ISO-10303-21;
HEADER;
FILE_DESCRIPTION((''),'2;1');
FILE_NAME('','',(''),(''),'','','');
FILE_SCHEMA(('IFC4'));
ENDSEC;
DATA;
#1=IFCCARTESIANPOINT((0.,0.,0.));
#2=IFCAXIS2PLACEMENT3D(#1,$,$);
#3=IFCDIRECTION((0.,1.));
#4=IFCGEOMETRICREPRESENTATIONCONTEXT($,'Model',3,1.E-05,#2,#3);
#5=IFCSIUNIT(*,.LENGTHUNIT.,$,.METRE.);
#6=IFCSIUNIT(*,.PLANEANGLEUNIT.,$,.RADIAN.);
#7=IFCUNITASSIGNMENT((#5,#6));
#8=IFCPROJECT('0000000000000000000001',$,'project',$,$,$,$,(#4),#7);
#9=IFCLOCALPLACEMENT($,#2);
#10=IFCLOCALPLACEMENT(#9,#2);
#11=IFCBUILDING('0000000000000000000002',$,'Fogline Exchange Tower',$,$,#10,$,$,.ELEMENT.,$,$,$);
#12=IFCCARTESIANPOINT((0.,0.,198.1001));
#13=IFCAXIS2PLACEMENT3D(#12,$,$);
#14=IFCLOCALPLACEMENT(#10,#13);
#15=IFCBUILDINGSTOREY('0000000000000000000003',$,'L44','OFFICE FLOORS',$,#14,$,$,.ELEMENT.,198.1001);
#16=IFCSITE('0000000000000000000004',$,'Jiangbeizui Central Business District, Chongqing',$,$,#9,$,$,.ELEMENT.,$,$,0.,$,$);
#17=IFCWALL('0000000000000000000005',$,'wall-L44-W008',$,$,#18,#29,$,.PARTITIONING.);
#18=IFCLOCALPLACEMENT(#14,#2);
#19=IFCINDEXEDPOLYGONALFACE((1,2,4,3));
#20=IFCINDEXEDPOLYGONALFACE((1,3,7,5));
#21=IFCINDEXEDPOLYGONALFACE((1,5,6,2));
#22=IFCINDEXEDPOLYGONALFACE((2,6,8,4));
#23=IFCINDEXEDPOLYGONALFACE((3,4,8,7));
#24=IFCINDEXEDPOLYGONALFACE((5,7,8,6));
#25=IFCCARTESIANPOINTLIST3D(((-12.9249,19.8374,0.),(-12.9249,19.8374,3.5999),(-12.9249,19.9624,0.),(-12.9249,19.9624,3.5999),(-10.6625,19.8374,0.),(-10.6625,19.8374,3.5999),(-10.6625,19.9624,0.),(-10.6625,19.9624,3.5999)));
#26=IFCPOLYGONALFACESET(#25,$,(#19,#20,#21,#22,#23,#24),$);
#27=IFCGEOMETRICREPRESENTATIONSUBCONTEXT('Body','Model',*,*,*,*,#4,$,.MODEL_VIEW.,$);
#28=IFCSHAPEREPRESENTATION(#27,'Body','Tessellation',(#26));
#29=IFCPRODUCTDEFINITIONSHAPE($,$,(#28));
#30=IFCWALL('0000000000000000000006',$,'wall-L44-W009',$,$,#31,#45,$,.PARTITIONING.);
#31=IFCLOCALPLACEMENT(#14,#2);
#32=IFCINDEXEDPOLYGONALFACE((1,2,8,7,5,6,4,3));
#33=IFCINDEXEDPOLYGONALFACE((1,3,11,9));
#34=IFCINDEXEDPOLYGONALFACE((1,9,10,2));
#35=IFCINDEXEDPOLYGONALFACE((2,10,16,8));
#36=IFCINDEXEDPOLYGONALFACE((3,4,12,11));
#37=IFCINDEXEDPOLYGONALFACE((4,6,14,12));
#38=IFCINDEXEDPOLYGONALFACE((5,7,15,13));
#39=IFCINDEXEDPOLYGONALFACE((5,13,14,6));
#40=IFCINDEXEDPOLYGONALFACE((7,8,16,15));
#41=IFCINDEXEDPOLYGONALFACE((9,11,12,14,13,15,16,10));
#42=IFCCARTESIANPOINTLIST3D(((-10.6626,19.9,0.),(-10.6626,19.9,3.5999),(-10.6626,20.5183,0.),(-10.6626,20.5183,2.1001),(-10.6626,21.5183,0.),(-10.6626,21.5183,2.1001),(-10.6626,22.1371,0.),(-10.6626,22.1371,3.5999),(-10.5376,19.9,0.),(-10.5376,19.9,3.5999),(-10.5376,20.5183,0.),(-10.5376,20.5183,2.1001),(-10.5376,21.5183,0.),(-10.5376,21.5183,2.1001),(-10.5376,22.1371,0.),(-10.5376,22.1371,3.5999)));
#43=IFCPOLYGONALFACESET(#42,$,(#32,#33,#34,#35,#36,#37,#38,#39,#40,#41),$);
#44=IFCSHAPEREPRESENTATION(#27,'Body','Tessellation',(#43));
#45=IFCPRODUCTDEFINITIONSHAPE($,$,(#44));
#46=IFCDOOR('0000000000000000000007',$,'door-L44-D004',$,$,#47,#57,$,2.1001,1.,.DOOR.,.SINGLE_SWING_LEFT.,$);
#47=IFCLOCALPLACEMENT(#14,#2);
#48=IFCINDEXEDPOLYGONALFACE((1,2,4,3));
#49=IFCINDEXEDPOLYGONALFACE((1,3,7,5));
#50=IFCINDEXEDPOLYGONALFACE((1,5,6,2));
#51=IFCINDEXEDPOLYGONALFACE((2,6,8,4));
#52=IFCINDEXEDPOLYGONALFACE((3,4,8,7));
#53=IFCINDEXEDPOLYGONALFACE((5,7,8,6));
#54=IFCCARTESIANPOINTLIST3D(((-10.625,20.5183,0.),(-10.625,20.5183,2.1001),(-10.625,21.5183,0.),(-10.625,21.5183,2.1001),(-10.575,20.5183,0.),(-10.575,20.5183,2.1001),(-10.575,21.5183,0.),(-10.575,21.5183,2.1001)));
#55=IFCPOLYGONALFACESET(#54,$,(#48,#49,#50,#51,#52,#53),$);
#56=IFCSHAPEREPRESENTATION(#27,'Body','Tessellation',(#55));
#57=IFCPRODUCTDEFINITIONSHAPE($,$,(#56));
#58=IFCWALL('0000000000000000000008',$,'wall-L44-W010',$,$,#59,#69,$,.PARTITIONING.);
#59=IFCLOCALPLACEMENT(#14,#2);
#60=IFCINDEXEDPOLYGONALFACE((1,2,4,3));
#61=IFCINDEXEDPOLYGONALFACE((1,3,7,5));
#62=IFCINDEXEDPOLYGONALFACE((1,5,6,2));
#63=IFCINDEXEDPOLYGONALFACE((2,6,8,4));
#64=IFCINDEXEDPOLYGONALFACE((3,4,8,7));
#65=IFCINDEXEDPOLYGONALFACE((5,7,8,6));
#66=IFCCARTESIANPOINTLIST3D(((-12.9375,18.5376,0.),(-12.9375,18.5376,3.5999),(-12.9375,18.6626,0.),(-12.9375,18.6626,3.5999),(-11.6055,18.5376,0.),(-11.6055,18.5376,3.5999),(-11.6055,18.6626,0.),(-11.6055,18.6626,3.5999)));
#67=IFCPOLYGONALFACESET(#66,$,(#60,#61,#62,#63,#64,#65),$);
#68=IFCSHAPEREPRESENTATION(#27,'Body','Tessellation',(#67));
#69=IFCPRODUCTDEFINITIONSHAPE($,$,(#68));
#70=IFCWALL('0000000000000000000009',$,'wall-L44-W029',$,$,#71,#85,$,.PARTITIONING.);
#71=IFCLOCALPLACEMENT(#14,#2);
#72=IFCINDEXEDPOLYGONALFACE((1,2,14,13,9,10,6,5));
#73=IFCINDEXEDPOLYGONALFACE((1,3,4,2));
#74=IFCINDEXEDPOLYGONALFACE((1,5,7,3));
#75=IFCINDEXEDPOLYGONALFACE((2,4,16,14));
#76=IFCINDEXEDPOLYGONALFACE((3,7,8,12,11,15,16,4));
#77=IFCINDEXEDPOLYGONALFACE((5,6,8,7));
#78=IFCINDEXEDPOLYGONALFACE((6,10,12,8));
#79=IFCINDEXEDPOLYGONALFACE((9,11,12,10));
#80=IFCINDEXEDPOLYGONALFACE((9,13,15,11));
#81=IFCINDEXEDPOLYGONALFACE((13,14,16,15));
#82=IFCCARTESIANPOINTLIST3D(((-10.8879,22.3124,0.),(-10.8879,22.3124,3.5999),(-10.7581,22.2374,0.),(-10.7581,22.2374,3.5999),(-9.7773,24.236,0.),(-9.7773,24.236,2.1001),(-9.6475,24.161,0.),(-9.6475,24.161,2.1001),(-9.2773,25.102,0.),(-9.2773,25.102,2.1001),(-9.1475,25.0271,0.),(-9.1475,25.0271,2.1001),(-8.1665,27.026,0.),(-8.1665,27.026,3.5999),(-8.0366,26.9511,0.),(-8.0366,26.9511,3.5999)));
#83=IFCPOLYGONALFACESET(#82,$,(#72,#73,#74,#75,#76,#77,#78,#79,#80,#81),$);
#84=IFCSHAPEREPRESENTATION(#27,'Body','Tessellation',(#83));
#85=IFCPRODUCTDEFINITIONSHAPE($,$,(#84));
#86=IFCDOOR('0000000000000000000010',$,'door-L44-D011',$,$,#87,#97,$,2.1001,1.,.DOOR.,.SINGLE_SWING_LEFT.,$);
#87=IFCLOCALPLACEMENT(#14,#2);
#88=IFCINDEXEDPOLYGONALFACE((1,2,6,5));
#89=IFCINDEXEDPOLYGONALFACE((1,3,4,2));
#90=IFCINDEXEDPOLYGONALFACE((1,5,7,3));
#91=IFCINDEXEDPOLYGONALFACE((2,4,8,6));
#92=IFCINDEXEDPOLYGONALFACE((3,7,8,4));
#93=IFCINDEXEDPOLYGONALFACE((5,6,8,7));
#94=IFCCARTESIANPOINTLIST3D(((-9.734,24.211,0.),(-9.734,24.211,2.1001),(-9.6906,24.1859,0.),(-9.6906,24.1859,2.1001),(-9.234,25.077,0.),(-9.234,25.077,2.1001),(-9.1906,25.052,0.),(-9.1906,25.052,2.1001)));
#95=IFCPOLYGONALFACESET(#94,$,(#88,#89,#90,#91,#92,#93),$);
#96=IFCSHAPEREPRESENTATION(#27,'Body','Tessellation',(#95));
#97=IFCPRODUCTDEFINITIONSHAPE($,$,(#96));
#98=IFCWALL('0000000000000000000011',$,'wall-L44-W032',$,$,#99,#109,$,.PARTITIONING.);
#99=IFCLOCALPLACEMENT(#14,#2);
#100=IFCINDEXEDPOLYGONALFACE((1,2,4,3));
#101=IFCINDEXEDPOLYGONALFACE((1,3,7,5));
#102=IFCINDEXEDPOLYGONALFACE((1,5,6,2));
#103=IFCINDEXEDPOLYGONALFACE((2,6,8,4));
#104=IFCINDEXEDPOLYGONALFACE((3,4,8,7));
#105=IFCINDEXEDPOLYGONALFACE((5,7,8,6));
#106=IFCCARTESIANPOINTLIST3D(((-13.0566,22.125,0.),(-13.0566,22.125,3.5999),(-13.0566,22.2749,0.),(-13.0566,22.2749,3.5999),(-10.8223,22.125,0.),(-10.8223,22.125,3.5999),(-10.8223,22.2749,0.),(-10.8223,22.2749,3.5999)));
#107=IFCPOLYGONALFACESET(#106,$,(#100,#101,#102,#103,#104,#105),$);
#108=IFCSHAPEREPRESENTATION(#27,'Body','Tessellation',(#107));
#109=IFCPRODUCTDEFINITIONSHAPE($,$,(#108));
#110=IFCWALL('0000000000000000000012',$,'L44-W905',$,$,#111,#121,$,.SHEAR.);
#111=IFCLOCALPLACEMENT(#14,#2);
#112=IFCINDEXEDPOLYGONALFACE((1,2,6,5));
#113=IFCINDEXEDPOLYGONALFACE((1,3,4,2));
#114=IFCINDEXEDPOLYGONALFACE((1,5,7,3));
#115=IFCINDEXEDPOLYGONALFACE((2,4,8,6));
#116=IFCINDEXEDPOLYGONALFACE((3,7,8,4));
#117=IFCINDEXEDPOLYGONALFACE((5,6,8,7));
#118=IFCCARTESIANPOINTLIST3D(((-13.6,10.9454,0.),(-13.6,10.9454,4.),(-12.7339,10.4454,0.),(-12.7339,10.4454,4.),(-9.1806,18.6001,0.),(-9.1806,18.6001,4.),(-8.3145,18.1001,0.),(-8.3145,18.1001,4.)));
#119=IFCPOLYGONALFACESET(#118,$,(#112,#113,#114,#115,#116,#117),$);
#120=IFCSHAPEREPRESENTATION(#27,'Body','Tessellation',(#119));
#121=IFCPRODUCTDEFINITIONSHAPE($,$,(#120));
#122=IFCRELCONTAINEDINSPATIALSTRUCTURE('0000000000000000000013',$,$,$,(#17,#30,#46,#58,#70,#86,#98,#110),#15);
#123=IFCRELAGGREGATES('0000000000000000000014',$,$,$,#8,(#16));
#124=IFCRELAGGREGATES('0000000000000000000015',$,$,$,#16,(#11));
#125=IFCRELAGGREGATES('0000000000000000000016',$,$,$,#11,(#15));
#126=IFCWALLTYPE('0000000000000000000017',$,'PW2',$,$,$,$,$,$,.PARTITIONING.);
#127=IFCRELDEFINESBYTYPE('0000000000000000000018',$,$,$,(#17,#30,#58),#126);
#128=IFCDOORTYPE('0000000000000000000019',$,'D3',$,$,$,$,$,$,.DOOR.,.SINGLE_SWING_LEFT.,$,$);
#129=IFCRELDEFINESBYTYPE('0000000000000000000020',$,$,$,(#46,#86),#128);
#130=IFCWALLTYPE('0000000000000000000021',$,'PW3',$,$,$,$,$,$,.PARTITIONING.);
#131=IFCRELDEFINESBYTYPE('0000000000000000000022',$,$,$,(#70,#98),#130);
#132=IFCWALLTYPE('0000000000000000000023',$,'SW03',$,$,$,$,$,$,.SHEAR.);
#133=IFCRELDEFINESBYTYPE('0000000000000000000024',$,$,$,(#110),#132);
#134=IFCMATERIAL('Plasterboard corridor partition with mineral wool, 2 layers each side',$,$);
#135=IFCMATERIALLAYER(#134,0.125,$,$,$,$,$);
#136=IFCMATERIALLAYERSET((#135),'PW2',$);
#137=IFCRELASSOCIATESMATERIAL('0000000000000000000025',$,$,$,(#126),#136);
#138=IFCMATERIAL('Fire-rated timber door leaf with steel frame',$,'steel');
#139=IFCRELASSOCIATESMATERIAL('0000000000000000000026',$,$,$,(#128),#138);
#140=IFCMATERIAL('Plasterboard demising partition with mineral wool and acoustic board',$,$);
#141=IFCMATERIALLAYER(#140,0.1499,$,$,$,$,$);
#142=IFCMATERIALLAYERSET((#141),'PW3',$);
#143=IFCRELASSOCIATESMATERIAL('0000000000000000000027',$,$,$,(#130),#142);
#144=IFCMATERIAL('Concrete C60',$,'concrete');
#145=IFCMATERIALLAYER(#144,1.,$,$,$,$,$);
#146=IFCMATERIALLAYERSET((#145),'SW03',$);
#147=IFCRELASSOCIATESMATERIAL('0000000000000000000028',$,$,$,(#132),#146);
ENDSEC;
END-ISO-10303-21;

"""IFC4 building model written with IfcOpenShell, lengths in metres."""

from ifc_helpers import new_model, si_unit, direction, frame, frame_2d, origin, place, context, subcontext, project, spatial, rectangle, extrude, material, layer, layer_set, type_object, element, fill, save


model = new_model("IFC4")

# Units and contexts
model_context = context("Model", 3, precision=1e-05, world=origin(), true_north=direction((0.0, 1.0)))
body_context = subcontext(model_context, "Body", "Model", "MODEL_VIEW")
ifc_project = project(units=[si_unit("LENGTHUNIT", "METRE"), si_unit("PLANEANGLEUNIT", "RADIAN")], contexts=[model_context])

# Site, building, storey
site_placement = place(None, origin())
site = spatial("IfcSite", under=ifc_project, at=site_placement, Name="Jiangbeizui Central Business District, Chongqing", CompositionType="ELEMENT", RefElevation=0.0)
building_placement = place(site_placement, origin())
building = spatial("IfcBuilding", under=site, at=building_placement, Name="Fogline Exchange Tower", CompositionType="ELEMENT")
storey_placement = place(building_placement, frame((0.0, 0.0, 198.1001)))
storey = spatial("IfcBuildingStorey", under=building, at=storey_placement, Name="L44", Description="OFFICE FLOORS", CompositionType="ELEMENT", Elevation=198.1001)

# Shared definitions
ifc_material_1 = material(Name="Plasterboard corridor partition with mineral wool, 2 layers each side")
ifc_layer_1 = layer(ifc_material_1, 0.125)
ifc_layer_set_1 = layer_set([ifc_layer_1], Name="PW2")
wall_type_1 = type_object("IfcWallType", Name="PW2", PredefinedType="PARTITIONING", material=ifc_layer_set_1)

# Wall
wall_1_placement = place(storey_placement, frame((-12.925, 19.8999, 0.0), z_axis=(0.0, 0.0, 1.0), x_axis=(1.0, 0.0, 0.0)))
element("IfcWall", 1, at=wall_1_placement, inside=storey, type_object=wall_type_1, Name="wall-L44-W008", PredefinedType="PARTITIONING", context=body_context, shape_type="SweptSolid", body=[
    extrude(rectangle(XDim=2.2625, YDim=0.125, at=frame_2d((1.1313, 0.0))), origin(), (0.0, 0.0, 1.0), 3.5999),
])

# Wall, opening, door
wall_2_placement = place(storey_placement, frame((-10.6001, 19.8999, 0.0), z_axis=(0.0, 0.0, 1.0), x_axis=(0.0, 1.0, 0.0)))
wall_2 = element("IfcWall", 2, at=wall_2_placement, inside=storey, type_object=wall_type_1, Name="wall-L44-W009", PredefinedType="PARTITIONING", context=body_context, shape_type="SweptSolid", body=[
    extrude(rectangle(XDim=2.2371, YDim=0.125, at=frame_2d((1.1187, 0.0))), origin(), (0.0, 0.0, 1.0), 3.5999),
])
opening_1_placement = place(wall_2_placement, frame((0.6184, 0.0, 0.0)))
opening_1 = element("IfcOpeningElement", 3, at=opening_1_placement, cuts=wall_2, PredefinedType="OPENING", context=body_context, shape_type="SweptSolid", body=[
    extrude(rectangle(XDim=1.0, YDim=2.1001, at=frame_2d((0.5, 1.05))), frame((0.0, 0.0725, 0.0), z_axis=(0.0, -1.0, 0.0), x_axis=(1.0, 0.0, 0.0)), (0.0, 0.0, 1.0), 0.145),
])
ifc_material_2 = material(Name="Fire-rated timber door leaf with steel frame", Category="steel")
door_type_1 = type_object("IfcDoorType", Name="D3", OperationType="SINGLE_SWING_LEFT", PredefinedType="DOOR", material=ifc_material_2)
door_1_placement = place(opening_1_placement, origin())
door_1 = element("IfcDoor", 4, at=door_1_placement, inside=storey, type_object=door_type_1, Name="door-L44-D004", OperationType="SINGLE_SWING_LEFT", OverallHeight=2.1001, OverallWidth=1.0, PredefinedType="DOOR", context=body_context, shape_type="SweptSolid", body=[
    extrude(rectangle(XDim=1.0, YDim=2.1001, at=frame_2d((0.5, 1.05))), frame((0.0, 0.0249, 0.0), z_axis=(0.0, -1.0, 0.0), x_axis=(1.0, 0.0, 0.0)), (0.0, 0.0, 1.0), 0.05),
])
fill(opening_1, door_1)

# Wall
wall_3_placement = place(storey_placement, frame((-11.6055, 18.6001, 0.0), z_axis=(0.0, 0.0, 1.0), x_axis=(-1.0, 0.0, 0.0)))
element("IfcWall", 5, at=wall_3_placement, inside=storey, type_object=wall_type_1, Name="wall-L44-W010", PredefinedType="PARTITIONING", context=body_context, shape_type="SweptSolid", body=[
    extrude(rectangle(XDim=1.332, YDim=0.125, at=frame_2d((0.666, 0.0))), origin(), (0.0, 0.0, 1.0), 3.5999),
])

# Wall, opening, door
ifc_material_3 = material(Name="Plasterboard demising partition with mineral wool and acoustic board")
ifc_layer_2 = layer(ifc_material_3, 0.1499)
ifc_layer_set_2 = layer_set([ifc_layer_2], Name="PW3")
wall_type_2 = type_object("IfcWallType", Name="PW3", PredefinedType="PARTITIONING", material=ifc_layer_set_2)
wall_4_placement = place(storey_placement, frame((-10.823, 22.2749, 0.0), z_axis=(0.0, 0.0, 1.0), x_axis=(0.500003, 0.866023, 0.0)))
wall_4 = element("IfcWall", 6, at=wall_4_placement, inside=storey, type_object=wall_type_2, Name="wall-L44-W029", PredefinedType="PARTITIONING", context=body_context, shape_type="SweptSolid", body=[
    extrude(rectangle(XDim=5.4429, YDim=0.1499, at=frame_2d((2.7214, 0.0))), origin(), (0.0, 0.0, 1.0), 3.5999),
])
opening_2_placement = place(wall_4_placement, frame((2.2212, 0.0, 0.0)))
opening_2 = element("IfcOpeningElement", 7, at=opening_2_placement, cuts=wall_4, PredefinedType="OPENING", context=body_context, shape_type="SweptSolid", body=[
    extrude(rectangle(XDim=1.0, YDim=2.1001, at=frame_2d((0.5, 1.05))), frame((0.0, 0.085, 0.0), z_axis=(0.0, -1.0, 0.0), x_axis=(1.0, 0.0, 0.0)), (0.0, 0.0, 1.0), 0.1699),
])
door_2_placement = place(opening_2_placement, origin())
door_2 = element("IfcDoor", 8, at=door_2_placement, inside=storey, type_object=door_type_1, Name="door-L44-D011", OperationType="SINGLE_SWING_LEFT", OverallHeight=2.1001, OverallWidth=1.0, PredefinedType="DOOR", context=body_context, shape_type="SweptSolid", body=[
    extrude(rectangle(XDim=1.0, YDim=2.1001, at=frame_2d((0.5, 1.05))), frame((0.0, 0.0249, 0.0), z_axis=(0.0, -1.0, 0.0), x_axis=(1.0, 0.0, 0.0)), (0.0, 0.0, 1.0), 0.05),
])
fill(opening_2, door_2)

# Walls
wall_5_placement = place(storey_placement, frame((-10.8223, 22.2, 0.0), z_axis=(0.0, 0.0, 1.0), x_axis=(-1.0, 0.0, 0.0)))
element("IfcWall", 9, at=wall_5_placement, inside=storey, type_object=wall_type_2, Name="wall-L44-W032", PredefinedType="PARTITIONING", context=body_context, shape_type="SweptSolid", body=[
    extrude(rectangle(XDim=2.2344, YDim=0.1499, at=frame_2d((1.1172, 0.0))), origin(), (0.0, 0.0, 1.0), 3.5999),
])
ifc_material_4 = material(Name="Concrete C60", Category="concrete")
ifc_layer_3 = layer(ifc_material_4, 1.0)
ifc_layer_set_3 = layer_set([ifc_layer_3], Name="SW03")
wall_type_3 = type_object("IfcWallType", Name="SW03", PredefinedType="SHEAR", material=ifc_layer_set_3)
wall_6_placement = place(storey_placement, frame((-8.7476, 18.3501, 0.0), z_axis=(0.0, 0.0, 1.0), x_axis=(-0.499995, -0.866028, 0.0)))
element("IfcWall", 10, at=wall_6_placement, inside=storey, type_object=wall_type_3, Name="L44-W905", PredefinedType="SHEAR", context=body_context, shape_type="SweptSolid", body=[
    extrude(rectangle(XDim=8.8389, YDim=1.0, at=frame_2d((4.4194, 0.0))), origin(), (0.0, 0.0, 1.0), 4.0),
])

save(model, "model.ifc")
